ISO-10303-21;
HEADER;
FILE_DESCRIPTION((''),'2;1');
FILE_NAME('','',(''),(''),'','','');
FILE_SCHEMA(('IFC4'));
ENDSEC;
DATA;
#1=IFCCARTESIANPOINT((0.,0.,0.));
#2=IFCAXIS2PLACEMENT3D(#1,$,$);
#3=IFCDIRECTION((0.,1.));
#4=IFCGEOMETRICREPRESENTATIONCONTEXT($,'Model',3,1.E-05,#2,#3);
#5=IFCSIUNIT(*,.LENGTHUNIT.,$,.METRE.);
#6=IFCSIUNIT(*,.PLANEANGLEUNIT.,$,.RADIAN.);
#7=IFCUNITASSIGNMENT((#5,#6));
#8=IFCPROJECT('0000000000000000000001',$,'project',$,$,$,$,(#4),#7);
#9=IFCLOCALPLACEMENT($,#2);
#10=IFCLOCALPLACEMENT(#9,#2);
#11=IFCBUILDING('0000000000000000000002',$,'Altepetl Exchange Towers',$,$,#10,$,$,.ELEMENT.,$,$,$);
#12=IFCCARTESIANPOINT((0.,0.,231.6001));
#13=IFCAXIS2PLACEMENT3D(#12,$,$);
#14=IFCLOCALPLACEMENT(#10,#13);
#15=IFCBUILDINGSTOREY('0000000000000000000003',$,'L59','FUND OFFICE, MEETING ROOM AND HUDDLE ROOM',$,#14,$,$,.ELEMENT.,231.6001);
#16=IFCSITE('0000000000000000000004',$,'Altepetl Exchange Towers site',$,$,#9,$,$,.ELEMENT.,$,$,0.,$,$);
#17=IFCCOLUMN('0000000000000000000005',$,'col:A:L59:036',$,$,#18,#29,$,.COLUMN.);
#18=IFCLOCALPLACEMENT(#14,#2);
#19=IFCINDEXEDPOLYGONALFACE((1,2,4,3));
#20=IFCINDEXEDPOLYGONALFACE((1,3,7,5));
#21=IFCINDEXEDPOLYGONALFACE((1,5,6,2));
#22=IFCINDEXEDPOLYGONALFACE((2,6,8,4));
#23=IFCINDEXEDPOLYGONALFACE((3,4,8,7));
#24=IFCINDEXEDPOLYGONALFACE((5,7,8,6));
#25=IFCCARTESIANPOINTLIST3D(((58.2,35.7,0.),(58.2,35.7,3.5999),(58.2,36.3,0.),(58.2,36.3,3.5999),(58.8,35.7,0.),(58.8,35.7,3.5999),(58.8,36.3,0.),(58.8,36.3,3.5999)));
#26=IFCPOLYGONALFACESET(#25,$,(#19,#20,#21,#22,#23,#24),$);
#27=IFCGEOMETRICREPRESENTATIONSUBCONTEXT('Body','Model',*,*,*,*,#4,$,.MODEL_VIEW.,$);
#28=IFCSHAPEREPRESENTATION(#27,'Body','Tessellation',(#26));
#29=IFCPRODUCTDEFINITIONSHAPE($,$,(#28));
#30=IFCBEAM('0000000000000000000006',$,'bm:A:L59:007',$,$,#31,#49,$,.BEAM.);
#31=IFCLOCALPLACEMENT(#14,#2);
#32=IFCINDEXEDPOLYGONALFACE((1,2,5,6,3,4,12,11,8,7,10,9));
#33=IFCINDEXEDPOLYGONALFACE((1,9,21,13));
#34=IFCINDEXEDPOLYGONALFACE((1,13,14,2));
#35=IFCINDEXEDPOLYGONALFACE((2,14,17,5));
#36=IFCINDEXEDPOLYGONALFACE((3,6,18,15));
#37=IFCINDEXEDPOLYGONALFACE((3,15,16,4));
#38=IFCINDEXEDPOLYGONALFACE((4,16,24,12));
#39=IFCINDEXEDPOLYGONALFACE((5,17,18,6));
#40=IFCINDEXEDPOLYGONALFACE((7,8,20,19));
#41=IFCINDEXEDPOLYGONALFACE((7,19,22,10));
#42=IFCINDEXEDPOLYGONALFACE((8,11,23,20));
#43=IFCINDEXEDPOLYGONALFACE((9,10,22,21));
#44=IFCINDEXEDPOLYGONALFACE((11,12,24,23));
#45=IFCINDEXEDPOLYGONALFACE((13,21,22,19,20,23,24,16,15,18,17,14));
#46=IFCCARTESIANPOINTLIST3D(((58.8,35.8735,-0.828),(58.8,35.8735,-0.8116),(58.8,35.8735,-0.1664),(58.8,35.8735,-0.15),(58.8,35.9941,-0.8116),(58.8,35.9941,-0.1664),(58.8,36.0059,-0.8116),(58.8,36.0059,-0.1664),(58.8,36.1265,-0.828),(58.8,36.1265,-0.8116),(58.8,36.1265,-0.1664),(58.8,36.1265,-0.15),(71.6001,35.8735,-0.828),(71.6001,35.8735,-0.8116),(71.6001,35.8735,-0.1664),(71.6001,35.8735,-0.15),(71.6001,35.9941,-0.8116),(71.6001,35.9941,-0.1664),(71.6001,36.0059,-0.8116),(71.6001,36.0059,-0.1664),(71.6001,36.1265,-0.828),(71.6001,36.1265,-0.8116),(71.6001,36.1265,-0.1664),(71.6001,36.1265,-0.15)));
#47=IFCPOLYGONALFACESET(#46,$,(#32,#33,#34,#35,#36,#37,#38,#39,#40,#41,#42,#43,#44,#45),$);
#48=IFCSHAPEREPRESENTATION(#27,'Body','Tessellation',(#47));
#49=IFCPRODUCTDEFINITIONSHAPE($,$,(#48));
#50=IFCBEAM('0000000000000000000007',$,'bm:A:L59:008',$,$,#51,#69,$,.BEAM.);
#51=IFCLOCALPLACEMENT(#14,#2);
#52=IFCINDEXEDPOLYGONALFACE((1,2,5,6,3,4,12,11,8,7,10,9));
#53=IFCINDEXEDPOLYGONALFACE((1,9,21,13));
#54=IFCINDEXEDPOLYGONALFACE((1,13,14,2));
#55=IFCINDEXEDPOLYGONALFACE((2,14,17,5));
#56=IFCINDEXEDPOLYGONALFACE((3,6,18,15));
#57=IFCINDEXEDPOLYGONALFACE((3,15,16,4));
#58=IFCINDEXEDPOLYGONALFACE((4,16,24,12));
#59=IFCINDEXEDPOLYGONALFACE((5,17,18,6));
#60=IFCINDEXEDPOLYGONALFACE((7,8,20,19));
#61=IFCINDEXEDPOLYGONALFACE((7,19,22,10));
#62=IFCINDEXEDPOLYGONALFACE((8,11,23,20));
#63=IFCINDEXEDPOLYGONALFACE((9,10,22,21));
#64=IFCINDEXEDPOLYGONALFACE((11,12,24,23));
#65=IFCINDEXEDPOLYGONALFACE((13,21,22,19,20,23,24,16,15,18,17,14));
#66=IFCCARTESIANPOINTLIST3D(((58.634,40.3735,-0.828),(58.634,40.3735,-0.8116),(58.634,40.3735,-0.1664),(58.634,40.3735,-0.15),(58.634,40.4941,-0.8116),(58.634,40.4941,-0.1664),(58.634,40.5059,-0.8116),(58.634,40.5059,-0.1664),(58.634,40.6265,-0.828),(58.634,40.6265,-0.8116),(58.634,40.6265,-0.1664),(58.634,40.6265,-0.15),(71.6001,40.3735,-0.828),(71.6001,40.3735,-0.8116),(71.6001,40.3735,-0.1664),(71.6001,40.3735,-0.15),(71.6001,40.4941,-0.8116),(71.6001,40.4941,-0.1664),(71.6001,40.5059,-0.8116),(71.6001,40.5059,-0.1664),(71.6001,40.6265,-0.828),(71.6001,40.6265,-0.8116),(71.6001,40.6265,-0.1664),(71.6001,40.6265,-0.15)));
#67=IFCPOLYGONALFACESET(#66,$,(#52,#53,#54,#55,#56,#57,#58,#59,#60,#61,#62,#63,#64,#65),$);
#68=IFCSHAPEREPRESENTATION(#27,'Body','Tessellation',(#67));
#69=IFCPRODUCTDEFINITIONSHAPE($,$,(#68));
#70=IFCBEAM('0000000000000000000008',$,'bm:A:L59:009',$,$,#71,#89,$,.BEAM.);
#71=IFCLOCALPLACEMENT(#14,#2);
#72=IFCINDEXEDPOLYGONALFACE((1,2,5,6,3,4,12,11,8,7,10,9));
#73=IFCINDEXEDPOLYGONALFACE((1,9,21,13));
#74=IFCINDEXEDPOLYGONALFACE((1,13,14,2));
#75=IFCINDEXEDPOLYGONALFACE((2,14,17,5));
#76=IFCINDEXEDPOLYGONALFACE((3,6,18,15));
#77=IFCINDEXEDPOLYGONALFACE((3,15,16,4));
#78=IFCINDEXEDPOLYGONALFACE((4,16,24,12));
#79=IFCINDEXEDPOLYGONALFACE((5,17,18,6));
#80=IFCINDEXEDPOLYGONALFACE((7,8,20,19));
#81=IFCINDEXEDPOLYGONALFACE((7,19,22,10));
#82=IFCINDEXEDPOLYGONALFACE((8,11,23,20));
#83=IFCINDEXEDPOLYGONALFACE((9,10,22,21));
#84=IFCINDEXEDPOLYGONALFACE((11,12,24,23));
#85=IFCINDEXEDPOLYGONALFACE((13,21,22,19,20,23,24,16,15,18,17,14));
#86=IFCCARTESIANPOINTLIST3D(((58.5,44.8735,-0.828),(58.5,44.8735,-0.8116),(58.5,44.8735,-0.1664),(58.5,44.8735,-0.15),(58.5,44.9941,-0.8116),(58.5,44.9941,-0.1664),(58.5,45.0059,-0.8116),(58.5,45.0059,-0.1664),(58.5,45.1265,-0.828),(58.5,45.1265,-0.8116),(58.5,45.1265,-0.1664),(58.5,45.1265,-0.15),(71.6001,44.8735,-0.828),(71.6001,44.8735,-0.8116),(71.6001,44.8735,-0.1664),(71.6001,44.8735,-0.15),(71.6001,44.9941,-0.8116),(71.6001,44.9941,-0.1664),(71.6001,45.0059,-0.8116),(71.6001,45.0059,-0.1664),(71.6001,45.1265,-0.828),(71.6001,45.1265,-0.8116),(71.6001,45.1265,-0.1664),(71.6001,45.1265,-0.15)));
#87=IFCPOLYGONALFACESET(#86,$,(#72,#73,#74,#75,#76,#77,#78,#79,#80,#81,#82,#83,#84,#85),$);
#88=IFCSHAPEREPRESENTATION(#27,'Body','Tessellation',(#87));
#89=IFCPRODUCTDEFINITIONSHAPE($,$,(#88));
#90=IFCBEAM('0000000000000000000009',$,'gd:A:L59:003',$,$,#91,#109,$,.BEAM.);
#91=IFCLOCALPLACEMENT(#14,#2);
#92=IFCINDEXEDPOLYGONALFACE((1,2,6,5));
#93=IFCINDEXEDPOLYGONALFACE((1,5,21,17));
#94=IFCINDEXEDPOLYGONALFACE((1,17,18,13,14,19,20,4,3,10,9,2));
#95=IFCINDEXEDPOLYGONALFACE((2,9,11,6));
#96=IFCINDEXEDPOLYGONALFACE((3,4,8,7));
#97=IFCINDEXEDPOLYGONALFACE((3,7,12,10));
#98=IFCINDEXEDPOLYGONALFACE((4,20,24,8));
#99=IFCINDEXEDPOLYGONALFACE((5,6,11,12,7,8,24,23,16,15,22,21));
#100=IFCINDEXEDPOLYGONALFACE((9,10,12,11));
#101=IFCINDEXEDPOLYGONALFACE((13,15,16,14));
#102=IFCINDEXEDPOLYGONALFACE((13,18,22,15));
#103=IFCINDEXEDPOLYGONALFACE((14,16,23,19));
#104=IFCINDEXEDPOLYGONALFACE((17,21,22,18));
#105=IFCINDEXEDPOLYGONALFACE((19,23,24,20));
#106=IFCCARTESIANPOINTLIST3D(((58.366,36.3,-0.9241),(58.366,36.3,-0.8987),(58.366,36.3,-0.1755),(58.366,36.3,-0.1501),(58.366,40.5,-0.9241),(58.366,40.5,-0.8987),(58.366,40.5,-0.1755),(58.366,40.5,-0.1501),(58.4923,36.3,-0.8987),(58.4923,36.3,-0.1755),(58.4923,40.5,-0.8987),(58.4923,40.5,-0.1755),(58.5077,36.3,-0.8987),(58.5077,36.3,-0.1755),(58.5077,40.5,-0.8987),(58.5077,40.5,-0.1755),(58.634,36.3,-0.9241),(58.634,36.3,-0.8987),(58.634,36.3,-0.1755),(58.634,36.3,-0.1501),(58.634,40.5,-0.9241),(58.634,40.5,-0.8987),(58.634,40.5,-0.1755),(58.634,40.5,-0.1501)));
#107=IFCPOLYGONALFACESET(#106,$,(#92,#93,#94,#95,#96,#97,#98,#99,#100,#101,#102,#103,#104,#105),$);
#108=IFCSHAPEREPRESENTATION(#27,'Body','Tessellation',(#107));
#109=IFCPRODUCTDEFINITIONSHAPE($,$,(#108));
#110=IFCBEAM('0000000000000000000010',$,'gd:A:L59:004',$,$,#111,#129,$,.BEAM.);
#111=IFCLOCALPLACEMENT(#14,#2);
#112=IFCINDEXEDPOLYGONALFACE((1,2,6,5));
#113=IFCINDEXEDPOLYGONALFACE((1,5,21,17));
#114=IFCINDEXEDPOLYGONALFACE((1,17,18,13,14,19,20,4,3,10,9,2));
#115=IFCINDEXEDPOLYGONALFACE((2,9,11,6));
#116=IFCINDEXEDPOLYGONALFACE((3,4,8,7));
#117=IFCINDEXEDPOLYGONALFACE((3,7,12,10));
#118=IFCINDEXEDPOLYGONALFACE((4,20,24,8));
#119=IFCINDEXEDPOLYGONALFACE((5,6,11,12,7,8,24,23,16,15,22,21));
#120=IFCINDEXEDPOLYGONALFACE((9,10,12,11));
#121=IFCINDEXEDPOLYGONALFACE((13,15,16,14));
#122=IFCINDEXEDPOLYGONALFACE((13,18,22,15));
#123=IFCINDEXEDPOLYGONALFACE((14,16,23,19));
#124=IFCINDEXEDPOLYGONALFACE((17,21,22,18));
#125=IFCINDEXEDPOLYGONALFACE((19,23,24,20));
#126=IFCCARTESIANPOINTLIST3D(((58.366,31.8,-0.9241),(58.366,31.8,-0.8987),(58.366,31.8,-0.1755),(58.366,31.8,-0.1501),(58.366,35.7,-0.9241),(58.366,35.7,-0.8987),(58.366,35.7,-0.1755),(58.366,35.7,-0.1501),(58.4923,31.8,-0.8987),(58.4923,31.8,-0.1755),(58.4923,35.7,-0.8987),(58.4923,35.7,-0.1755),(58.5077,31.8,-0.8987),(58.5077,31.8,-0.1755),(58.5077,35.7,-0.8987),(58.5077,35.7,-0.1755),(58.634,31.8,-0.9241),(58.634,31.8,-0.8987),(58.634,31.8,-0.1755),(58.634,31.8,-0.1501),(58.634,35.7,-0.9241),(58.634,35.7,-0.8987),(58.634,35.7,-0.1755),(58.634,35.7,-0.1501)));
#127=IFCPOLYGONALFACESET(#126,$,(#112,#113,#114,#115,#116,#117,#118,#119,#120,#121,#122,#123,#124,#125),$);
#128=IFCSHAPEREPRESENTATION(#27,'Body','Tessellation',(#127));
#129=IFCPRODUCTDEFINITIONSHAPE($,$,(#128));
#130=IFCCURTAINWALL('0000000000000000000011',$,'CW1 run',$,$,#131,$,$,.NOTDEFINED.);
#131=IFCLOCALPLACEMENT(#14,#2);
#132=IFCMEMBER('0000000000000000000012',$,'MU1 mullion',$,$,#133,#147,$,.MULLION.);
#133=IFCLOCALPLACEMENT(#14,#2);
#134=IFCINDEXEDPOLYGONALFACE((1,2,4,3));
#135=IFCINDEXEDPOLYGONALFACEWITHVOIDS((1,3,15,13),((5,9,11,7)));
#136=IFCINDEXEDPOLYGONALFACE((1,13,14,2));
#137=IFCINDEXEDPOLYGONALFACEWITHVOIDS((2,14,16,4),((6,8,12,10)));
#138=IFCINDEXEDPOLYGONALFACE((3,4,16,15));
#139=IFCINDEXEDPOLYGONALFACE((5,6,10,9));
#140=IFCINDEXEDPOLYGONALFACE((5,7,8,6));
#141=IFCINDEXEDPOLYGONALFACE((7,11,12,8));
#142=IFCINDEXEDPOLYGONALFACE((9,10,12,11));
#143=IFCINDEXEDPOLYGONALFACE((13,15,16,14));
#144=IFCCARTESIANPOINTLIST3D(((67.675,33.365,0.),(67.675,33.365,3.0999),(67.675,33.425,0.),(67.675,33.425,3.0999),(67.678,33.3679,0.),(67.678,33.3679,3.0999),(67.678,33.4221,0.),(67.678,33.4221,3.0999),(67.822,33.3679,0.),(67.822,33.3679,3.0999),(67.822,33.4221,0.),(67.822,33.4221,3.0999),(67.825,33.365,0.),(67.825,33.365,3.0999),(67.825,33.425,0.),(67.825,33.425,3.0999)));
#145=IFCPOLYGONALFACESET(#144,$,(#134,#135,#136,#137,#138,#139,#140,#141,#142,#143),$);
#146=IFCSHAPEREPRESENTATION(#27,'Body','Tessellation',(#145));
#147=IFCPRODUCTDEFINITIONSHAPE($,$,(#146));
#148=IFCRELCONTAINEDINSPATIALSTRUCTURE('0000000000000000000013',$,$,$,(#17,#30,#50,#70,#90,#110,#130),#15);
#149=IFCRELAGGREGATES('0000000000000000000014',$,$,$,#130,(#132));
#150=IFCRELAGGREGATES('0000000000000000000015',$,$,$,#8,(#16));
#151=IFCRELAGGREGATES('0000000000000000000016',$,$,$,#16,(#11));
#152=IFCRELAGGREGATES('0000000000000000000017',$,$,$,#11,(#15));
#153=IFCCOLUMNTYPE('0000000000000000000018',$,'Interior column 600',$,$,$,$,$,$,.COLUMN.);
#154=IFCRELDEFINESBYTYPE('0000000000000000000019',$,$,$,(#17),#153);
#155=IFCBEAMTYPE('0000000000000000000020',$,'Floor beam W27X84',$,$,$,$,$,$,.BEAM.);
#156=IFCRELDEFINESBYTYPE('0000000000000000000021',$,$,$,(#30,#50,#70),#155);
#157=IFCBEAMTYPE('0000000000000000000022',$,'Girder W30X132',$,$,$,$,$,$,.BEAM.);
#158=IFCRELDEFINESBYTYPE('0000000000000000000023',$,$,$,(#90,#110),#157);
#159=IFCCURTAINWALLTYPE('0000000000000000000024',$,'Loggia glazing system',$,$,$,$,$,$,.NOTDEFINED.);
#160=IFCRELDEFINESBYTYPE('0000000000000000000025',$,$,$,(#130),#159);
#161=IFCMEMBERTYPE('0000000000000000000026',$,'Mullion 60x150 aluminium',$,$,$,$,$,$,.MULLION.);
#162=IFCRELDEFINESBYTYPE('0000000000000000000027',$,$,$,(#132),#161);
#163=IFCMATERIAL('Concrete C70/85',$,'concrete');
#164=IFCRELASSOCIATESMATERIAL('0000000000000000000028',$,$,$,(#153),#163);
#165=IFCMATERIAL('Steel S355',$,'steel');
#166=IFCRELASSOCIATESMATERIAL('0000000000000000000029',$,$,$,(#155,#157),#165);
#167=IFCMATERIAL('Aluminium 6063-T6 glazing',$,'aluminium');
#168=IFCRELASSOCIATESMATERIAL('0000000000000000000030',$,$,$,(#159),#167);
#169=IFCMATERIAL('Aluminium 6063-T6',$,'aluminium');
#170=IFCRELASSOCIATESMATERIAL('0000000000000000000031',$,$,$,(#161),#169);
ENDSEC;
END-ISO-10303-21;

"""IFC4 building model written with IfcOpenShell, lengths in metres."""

from ifc_helpers import new_model, si_unit, direction, frame, origin, origin_2d, place, context, subcontext, project, spatial, rectangle, hollow_rectangle, i_section, extrude, material, material_profile, profile_set, type_object, element, aggregate, save


model = new_model("IFC4")

# Units and contexts
model_context = context("Model", 3, precision=1e-05, world=origin(), true_north=direction((0.0, 1.0)))
body_context = subcontext(model_context, "Body", "Model", "MODEL_VIEW")
ifc_project = project(units=[si_unit("LENGTHUNIT", "METRE"), si_unit("PLANEANGLEUNIT", "RADIAN")], contexts=[model_context])

# Site, building, storey
site_placement = place(None, origin())
site = spatial("IfcSite", under=ifc_project, at=site_placement, Name="Altepetl Exchange Towers site", CompositionType="ELEMENT", RefElevation=0.0)
building_placement = place(site_placement, origin())
building = spatial("IfcBuilding", under=site, at=building_placement, Name="Altepetl Exchange Towers", CompositionType="ELEMENT")
storey_placement = place(building_placement, frame((0.0, 0.0, 231.6001)))
storey = spatial("IfcBuildingStorey", under=building, at=storey_placement, Name="L59", Description="FUND OFFICE, MEETING ROOM AND HUDDLE ROOM", CompositionType="ELEMENT", Elevation=231.6001)

# Column
ifc_material_1 = material(Name="Concrete C70/85", Category="concrete")
ifc_material_profile_1 = material_profile(ifc_material_1, rectangle(XDim=0.6001, YDim=0.6001, at=origin_2d()), Name="600 x 600")
ifc_profile_set_1 = profile_set([ifc_material_profile_1], Name="Concrete C70/85")
column_type = type_object("IfcColumnType", Name="Interior column 600", PredefinedType="COLUMN", material=ifc_profile_set_1)
column_placement = place(storey_placement, frame((58.5, 36.0, 0.0)))
element("IfcColumn", 1, at=column_placement, inside=storey, type_object=column_type, Name="col:A:L59:036", PredefinedType="COLUMN", context=body_context, shape_type="SweptSolid", body=[
    extrude(rectangle(XDim=0.6001, YDim=0.6001, at=origin_2d()), origin(), (0.0, 0.0, 1.0), 3.5999),
])

# Beams
ifc_material_2 = material(Name="Steel S355", Category="steel")
ifc_material_profile_2 = material_profile(ifc_material_2, i_section(OverallWidth=0.2529, OverallDepth=0.678, WebThickness=0.0117, FlangeThickness=0.0164, at=origin_2d()), Name="W27X84")
ifc_profile_set_2 = profile_set([ifc_material_profile_2], Name="Steel S355")
beam_type_1 = type_object("IfcBeamType", Name="Floor beam W27X84", PredefinedType="BEAM", material=ifc_profile_set_2)
beam_1_placement = place(storey_placement, frame((58.8, 36.0, -0.489), z_axis=(1.0, 0.0, 0.0), x_axis=(0.0, 1.0, 0.0)))
element("IfcBeam", 2, at=beam_1_placement, inside=storey, type_object=beam_type_1, Name="bm:A:L59:007", PredefinedType="BEAM", context=body_context, shape_type="SweptSolid", body=[
    extrude(i_section(OverallWidth=0.2529, OverallDepth=0.678, WebThickness=0.0117, FlangeThickness=0.0164, at=origin_2d()), origin(), (0.0, 0.0, 1.0), 12.8),
])
beam_2_placement = place(storey_placement, frame((58.634, 40.5, -0.489), z_axis=(1.0, 0.0, 0.0), x_axis=(0.0, 1.0, 0.0)))
element("IfcBeam", 3, at=beam_2_placement, inside=storey, type_object=beam_type_1, Name="bm:A:L59:008", PredefinedType="BEAM", context=body_context, shape_type="SweptSolid", body=[
    extrude(i_section(OverallWidth=0.2529, OverallDepth=0.678, WebThickness=0.0117, FlangeThickness=0.0164, at=origin_2d()), origin(), (0.0, 0.0, 1.0), 12.9661),
])
beam_3_placement = place(storey_placement, frame((58.5, 45.0, -0.489), z_axis=(1.0, 0.0, 0.0), x_axis=(0.0, 1.0, 0.0)))
element("IfcBeam", 4, at=beam_3_placement, inside=storey, type_object=beam_type_1, Name="bm:A:L59:009", PredefinedType="BEAM", context=body_context, shape_type="SweptSolid", body=[
    extrude(i_section(OverallWidth=0.2529, OverallDepth=0.678, WebThickness=0.0117, FlangeThickness=0.0164, at=origin_2d()), origin(), (0.0, 0.0, 1.0), 13.1001),
])
ifc_material_profile_3 = material_profile(ifc_material_2, i_section(OverallWidth=0.2681, OverallDepth=0.7739, WebThickness=0.0154, FlangeThickness=0.0254, at=origin_2d()), Name="W30X132")
ifc_profile_set_3 = profile_set([ifc_material_profile_3], Name="Steel S355")
beam_type_2 = type_object("IfcBeamType", Name="Girder W30X132", PredefinedType="BEAM", material=ifc_profile_set_3)
beam_4_placement = place(storey_placement, frame((58.5, 40.5, -0.5371), z_axis=(0.0, -1.0, 0.0), x_axis=(1.0, 0.0, 0.0)))
element("IfcBeam", 5, at=beam_4_placement, inside=storey, type_object=beam_type_2, Name="gd:A:L59:003", PredefinedType="BEAM", context=body_context, shape_type="SweptSolid", body=[
    extrude(i_section(OverallWidth=0.2681, OverallDepth=0.7739, WebThickness=0.0154, FlangeThickness=0.0254, at=origin_2d()), origin(), (0.0, 0.0, 1.0), 4.2),
])
beam_5_placement = place(storey_placement, frame((58.5, 35.7, -0.5371), z_axis=(0.0, -1.0, 0.0), x_axis=(1.0, 0.0, 0.0)))
element("IfcBeam", 6, at=beam_5_placement, inside=storey, type_object=beam_type_2, Name="gd:A:L59:004", PredefinedType="BEAM", context=body_context, shape_type="SweptSolid", body=[
    extrude(i_section(OverallWidth=0.2681, OverallDepth=0.7739, WebThickness=0.0154, FlangeThickness=0.0254, at=origin_2d()), origin(), (0.0, 0.0, 1.0), 3.8999),
])

# Curtain wall, member
ifc_material_3 = material(Name="Aluminium 6063-T6 glazing", Category="aluminium")
curtain_wall_type = type_object("IfcCurtainWallType", Name="Loggia glazing system", PredefinedType="NOTDEFINED", material=ifc_material_3)
curtain_wall_placement = place(storey_placement, origin())
curtain_wall = element("IfcCurtainWall", 7, at=curtain_wall_placement, inside=storey, type_object=curtain_wall_type, Name="CW1 run", PredefinedType="NOTDEFINED")
ifc_material_4 = material(Name="Aluminium 6063-T6", Category="aluminium")
ifc_material_profile_4 = material_profile(ifc_material_4, hollow_rectangle(XDim=0.0601, YDim=0.1499, WallThickness=0.0029, at=origin_2d()), Name="Mullion 60x150 aluminium")
ifc_profile_set_4 = profile_set([ifc_material_profile_4], Name="Aluminium 6063-T6")
member_type = type_object("IfcMemberType", Name="Mullion 60x150 aluminium", PredefinedType="MULLION", material=ifc_profile_set_4)
member_placement = place(storey_placement, frame((67.75, 33.395, 0.0), z_axis=(0.0, 0.0, 1.0), x_axis=(0.0, 1.0, 0.0)))
member = element("IfcMember", 8, at=member_placement, type_object=member_type, Name="MU1 mullion", PredefinedType="MULLION", context=body_context, shape_type="SweptSolid", body=[
    extrude(hollow_rectangle(XDim=0.0601, YDim=0.1499, WallThickness=0.0029, at=origin_2d()), origin(), (0.0, 0.0, 1.0), 3.0999),
])
aggregate(curtain_wall, [member])

save(model, "model.ifc")
